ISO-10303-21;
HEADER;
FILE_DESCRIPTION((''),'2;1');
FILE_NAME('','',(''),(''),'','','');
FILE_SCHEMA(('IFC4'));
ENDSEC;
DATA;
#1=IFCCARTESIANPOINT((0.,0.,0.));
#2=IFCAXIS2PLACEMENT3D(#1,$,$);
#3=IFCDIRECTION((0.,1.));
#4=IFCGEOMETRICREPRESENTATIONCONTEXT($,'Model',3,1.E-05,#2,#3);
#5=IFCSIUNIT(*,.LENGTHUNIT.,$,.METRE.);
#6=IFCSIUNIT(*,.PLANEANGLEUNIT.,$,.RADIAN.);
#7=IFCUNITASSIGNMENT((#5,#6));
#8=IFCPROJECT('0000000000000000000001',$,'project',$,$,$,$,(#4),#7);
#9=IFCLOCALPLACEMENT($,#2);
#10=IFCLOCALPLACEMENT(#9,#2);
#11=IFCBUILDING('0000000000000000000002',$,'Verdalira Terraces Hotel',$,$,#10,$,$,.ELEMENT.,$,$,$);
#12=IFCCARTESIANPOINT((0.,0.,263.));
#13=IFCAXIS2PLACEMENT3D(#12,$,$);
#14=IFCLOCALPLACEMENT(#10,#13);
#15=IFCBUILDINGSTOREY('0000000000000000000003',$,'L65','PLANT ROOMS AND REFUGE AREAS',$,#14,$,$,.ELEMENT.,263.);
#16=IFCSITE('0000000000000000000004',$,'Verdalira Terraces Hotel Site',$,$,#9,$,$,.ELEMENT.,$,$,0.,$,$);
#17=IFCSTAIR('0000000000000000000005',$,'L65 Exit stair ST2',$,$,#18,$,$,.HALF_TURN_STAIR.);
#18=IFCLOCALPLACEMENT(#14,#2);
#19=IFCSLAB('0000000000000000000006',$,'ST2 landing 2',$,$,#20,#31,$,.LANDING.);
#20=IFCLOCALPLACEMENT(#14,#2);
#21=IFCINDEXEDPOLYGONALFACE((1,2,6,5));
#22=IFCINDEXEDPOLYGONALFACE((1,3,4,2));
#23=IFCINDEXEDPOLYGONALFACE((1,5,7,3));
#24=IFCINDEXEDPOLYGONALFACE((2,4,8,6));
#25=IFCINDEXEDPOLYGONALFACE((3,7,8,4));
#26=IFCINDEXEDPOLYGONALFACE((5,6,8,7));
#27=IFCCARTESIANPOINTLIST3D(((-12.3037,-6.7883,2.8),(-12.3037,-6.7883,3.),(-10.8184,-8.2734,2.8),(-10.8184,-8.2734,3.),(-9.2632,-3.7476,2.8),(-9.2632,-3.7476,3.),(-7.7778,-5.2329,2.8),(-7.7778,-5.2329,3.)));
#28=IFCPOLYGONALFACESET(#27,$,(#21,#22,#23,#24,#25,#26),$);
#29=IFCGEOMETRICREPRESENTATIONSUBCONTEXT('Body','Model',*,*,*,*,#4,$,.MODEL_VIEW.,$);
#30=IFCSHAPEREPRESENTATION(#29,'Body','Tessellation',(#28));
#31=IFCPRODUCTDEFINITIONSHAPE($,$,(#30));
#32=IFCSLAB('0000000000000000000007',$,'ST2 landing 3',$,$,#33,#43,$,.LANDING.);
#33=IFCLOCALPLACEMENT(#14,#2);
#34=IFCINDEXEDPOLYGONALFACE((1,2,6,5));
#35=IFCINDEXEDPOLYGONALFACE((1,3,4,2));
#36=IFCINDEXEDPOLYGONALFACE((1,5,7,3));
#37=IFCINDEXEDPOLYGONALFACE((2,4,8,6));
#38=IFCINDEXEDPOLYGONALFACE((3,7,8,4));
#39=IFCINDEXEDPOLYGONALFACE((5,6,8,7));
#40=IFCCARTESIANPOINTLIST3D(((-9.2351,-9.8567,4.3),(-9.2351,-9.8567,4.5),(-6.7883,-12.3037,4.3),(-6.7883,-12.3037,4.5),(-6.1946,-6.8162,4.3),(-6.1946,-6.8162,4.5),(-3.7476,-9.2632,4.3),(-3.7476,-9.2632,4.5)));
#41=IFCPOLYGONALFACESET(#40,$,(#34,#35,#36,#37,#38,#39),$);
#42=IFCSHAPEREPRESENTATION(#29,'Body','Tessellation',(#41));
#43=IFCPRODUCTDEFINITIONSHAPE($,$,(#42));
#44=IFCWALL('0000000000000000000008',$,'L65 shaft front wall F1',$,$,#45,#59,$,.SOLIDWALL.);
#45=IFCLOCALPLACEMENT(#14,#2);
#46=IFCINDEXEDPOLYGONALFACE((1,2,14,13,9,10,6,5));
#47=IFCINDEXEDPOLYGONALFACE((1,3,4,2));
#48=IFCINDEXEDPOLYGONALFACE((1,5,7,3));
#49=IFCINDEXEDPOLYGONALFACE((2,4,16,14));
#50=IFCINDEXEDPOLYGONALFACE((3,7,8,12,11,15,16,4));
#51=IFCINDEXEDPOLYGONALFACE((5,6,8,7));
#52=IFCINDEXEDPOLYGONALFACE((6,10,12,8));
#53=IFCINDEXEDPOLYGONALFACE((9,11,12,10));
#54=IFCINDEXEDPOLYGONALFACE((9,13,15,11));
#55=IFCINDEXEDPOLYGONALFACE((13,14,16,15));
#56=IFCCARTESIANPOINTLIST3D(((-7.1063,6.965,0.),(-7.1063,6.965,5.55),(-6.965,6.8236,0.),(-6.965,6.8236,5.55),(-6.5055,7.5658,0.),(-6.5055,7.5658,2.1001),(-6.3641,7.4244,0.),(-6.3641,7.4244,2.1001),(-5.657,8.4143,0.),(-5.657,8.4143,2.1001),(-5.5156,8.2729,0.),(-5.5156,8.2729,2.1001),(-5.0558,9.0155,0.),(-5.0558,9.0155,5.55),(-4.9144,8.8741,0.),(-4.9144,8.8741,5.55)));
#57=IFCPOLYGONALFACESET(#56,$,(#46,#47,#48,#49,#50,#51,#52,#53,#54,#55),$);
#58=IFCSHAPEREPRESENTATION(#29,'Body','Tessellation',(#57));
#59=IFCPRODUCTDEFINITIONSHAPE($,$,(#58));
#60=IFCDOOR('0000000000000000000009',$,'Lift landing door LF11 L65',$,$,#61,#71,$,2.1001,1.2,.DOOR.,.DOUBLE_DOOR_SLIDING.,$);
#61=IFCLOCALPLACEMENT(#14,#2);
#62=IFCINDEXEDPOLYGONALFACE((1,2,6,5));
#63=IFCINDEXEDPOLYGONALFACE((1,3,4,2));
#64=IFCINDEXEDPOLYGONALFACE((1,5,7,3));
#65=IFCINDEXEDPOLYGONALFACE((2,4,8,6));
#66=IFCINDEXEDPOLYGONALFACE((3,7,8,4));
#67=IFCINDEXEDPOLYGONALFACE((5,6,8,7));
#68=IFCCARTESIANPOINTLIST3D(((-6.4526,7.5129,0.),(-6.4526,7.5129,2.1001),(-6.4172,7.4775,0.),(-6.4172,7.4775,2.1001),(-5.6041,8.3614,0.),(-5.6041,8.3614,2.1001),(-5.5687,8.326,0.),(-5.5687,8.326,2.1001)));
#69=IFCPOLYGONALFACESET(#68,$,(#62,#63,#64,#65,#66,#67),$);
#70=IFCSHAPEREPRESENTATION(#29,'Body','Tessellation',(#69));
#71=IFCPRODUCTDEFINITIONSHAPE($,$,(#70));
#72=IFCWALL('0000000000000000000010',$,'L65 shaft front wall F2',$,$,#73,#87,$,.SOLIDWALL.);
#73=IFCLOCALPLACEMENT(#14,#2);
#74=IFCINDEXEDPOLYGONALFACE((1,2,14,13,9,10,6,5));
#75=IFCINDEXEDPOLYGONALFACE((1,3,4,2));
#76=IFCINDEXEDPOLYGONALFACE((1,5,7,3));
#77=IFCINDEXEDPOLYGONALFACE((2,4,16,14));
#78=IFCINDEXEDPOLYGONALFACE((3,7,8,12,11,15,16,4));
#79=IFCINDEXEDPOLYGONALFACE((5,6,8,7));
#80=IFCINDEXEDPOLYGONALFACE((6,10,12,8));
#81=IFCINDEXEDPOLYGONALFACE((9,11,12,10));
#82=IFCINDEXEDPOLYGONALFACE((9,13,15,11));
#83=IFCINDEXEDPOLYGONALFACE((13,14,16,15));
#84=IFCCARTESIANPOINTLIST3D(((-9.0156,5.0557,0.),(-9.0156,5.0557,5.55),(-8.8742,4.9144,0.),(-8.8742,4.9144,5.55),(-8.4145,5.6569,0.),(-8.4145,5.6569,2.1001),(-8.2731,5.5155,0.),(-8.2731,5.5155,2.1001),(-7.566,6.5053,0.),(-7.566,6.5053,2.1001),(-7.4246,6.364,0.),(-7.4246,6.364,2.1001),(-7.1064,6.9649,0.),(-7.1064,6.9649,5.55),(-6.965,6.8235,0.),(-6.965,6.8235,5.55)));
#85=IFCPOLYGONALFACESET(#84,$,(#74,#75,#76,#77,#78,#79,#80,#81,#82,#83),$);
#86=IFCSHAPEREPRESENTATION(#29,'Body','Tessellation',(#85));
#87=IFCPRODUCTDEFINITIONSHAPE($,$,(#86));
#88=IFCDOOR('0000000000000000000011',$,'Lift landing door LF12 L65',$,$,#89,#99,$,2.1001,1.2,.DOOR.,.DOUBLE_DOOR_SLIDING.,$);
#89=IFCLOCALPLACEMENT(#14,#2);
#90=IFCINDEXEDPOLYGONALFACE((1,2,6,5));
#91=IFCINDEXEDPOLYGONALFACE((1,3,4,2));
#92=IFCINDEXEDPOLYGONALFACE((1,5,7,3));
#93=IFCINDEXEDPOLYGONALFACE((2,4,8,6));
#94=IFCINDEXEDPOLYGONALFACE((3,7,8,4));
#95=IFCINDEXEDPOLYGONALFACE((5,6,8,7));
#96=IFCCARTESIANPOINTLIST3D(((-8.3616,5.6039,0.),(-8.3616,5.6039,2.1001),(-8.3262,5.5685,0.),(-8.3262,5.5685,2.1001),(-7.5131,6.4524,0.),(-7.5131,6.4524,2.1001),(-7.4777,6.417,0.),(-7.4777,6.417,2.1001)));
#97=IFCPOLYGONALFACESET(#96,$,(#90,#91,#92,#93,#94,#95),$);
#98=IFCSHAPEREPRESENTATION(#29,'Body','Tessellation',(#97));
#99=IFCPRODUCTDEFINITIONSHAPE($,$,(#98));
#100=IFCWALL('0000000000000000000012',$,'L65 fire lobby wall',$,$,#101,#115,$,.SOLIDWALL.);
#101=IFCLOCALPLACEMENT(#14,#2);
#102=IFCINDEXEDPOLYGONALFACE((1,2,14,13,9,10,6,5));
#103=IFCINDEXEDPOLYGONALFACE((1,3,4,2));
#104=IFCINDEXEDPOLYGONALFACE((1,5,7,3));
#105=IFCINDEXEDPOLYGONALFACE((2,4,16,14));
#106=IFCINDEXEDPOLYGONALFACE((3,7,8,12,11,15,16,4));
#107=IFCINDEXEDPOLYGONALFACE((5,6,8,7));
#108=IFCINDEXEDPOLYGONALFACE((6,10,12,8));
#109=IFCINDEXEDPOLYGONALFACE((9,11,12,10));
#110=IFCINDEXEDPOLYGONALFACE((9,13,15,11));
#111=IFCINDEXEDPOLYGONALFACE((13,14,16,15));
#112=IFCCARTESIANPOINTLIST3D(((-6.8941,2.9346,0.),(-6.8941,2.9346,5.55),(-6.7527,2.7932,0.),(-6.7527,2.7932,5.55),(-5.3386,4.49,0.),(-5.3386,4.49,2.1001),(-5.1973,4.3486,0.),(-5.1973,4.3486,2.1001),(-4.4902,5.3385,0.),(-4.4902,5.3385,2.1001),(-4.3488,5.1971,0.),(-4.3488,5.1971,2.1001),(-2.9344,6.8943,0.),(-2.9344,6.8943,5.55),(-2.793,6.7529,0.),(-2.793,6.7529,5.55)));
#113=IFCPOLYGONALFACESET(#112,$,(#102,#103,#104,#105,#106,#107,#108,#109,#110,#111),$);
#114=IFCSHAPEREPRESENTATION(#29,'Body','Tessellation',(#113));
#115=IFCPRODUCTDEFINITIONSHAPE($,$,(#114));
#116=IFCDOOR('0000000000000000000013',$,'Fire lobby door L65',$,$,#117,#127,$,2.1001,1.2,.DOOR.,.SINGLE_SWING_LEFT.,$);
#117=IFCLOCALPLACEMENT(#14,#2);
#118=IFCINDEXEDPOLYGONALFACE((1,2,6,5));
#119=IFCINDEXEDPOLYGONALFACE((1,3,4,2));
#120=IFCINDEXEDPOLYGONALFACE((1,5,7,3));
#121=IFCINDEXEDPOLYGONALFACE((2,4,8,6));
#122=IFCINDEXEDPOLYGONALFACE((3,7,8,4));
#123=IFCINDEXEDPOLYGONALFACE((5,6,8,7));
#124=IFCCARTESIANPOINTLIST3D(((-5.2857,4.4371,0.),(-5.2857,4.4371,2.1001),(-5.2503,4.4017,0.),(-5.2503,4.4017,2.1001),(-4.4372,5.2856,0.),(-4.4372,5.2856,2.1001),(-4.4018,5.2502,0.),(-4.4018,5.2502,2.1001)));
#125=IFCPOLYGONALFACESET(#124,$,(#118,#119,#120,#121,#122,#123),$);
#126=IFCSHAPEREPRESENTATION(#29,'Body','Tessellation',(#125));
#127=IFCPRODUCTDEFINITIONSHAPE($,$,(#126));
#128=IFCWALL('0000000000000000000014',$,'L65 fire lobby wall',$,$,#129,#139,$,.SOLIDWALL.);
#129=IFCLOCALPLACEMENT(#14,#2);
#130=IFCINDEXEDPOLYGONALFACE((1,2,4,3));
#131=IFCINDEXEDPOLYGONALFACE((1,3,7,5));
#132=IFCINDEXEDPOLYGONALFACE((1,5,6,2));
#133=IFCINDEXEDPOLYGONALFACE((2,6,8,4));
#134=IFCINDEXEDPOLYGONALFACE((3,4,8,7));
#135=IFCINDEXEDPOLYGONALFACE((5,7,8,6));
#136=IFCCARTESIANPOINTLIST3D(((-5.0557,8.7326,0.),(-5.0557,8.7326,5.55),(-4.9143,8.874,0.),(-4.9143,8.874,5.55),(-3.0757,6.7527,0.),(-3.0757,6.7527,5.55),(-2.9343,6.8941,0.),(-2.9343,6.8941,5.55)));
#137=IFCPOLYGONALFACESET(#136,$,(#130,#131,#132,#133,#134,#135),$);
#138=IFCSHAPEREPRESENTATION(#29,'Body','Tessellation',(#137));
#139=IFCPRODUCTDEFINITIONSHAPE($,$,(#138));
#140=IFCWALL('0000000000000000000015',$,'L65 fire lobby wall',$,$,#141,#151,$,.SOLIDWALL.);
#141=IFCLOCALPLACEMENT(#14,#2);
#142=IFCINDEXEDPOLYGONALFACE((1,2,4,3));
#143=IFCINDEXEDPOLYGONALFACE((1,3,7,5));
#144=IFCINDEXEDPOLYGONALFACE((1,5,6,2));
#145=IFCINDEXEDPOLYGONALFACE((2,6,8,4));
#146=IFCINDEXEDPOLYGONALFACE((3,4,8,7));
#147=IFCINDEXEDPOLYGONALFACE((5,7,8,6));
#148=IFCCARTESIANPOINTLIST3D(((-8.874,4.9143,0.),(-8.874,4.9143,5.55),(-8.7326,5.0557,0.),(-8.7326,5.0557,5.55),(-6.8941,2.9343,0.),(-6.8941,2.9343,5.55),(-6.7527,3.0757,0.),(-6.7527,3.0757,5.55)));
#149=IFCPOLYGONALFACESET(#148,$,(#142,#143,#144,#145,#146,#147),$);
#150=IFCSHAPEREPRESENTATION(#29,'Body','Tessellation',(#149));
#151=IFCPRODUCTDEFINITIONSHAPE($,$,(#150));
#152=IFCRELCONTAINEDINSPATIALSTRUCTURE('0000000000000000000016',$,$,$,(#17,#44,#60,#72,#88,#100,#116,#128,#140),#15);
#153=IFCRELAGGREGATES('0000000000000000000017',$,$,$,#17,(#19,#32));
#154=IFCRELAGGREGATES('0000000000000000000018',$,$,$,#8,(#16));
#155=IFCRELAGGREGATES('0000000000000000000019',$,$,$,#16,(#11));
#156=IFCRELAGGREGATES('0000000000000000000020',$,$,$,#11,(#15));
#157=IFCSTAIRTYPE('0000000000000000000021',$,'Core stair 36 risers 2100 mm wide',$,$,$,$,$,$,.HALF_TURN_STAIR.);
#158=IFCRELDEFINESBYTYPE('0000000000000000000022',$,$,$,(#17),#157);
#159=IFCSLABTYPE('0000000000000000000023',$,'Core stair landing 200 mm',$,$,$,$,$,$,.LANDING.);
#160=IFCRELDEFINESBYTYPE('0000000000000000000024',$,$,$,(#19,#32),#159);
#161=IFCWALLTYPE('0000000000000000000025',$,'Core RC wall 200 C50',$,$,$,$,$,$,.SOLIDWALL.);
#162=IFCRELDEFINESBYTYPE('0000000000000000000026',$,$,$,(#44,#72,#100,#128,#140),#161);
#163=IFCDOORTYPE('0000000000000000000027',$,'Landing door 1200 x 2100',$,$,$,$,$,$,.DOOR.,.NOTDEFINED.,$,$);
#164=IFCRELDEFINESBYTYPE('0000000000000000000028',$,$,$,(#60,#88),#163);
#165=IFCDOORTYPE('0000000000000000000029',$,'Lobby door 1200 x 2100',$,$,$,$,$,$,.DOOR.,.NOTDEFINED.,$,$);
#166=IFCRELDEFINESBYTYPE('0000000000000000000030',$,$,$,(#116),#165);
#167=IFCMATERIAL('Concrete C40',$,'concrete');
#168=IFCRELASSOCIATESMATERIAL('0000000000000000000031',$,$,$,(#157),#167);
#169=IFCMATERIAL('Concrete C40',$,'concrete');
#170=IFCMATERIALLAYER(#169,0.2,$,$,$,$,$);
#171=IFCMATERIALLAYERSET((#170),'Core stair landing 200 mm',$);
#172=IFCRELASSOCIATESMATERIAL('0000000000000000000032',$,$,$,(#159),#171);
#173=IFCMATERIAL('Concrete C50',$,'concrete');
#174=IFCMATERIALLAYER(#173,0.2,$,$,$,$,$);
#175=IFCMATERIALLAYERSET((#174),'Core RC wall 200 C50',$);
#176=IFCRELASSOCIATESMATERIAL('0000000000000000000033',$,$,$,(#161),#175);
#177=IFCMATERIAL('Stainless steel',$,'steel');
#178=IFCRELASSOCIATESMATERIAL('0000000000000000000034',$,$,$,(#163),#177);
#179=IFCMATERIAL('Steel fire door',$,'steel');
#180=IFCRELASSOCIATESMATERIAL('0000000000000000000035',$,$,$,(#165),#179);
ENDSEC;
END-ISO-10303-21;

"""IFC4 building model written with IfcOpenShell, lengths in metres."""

from ifc_helpers import new_model, si_unit, direction, frame, frame_2d, origin, place, context, subcontext, project, spatial, polyline, rectangle, outline, extrude, material, layer, layer_set, type_object, element, fill, aggregate, save


model = new_model("IFC4")

# Units and contexts
model_context = context("Model", 3, precision=1e-05, world=origin(), true_north=direction((0.0, 1.0)))
body_context = subcontext(model_context, "Body", "Model", "MODEL_VIEW")
ifc_project = project(units=[si_unit("LENGTHUNIT", "METRE"), si_unit("PLANEANGLEUNIT", "RADIAN")], contexts=[model_context])

# Site, building, storey
site_placement = place(None, origin())
site = spatial("IfcSite", under=ifc_project, at=site_placement, Name="Verdalira Terraces Hotel Site", CompositionType="ELEMENT", RefElevation=0.0)
building_placement = place(site_placement, origin())
building = spatial("IfcBuilding", under=site, at=building_placement, Name="Verdalira Terraces Hotel", CompositionType="ELEMENT")
storey_placement = place(building_placement, frame((0.0, 0.0, 263.0)))
storey = spatial("IfcBuildingStorey", under=building, at=storey_placement, Name="L65", Description="PLANT ROOMS AND REFUGE AREAS", CompositionType="ELEMENT", Elevation=263.0)

# Stair, slabs
ifc_material_1 = material(Name="Concrete C40", Category="concrete")
stair_type = type_object("IfcStairType", Name="Core stair 36 risers 2100 mm wide", PredefinedType="HALF_TURN_STAIR", material=ifc_material_1)
stair_placement = place(storey_placement, origin())
stair = element("IfcStair", 1, at=stair_placement, inside=storey, type_object=stair_type, Name="L65 Exit stair ST2", PredefinedType="HALF_TURN_STAIR")
ifc_material_2 = material(Name="Concrete C40", Category="concrete")
ifc_layer_1 = layer(ifc_material_2, 0.2)
ifc_layer_set_1 = layer_set([ifc_layer_1], Name="Core stair landing 200 mm")
slab_type = type_object("IfcSlabType", Name="Core stair landing 200 mm", PredefinedType="LANDING", material=ifc_layer_set_1)
slab_1_placement = place(storey_placement, frame((0.0, 0.0, 2.8)))
slab_1 = element("IfcSlab", 2, at=slab_1_placement, type_object=slab_type, Name="ST2 landing 2", PredefinedType="LANDING", context=body_context, shape_type="SweptSolid", body=[
    extrude(outline(polyline([(-12.3037, -6.7883), (-10.8184, -8.2734), (-7.7778, -5.2329), (-9.2632, -3.7476), (-12.3037, -6.7883)])), origin(), (0.0, 0.0, 1.0), 0.2),
])
slab_2_placement = place(storey_placement, frame((0.0, 0.0, 4.3)))
slab_2 = element("IfcSlab", 3, at=slab_2_placement, type_object=slab_type, Name="ST2 landing 3", PredefinedType="LANDING", context=body_context, shape_type="SweptSolid", body=[
    extrude(outline(polyline([(-9.2351, -9.8567), (-6.7883, -12.3037), (-3.7476, -9.2632), (-6.1946, -6.8162), (-9.2351, -9.8567)])), origin(), (0.0, 0.0, 1.0), 0.2),
])
aggregate(stair, [slab_1, slab_2])

# Walls, openings, doors
ifc_material_3 = material(Name="Concrete C50", Category="concrete")
ifc_layer_2 = layer(ifc_material_3, 0.2)
ifc_layer_set_2 = layer_set([ifc_layer_2], Name="Core RC wall 200 C50")
wall_type_1 = type_object("IfcWallType", Name="Core RC wall 200 C50", PredefinedType="SOLIDWALL", material=ifc_layer_set_2)
wall_1_placement = place(storey_placement, frame((-4.9851, 8.9448, 0.0), z_axis=(0.0, 0.0, 1.0), x_axis=(-0.707107, -0.707107, 0.0)))
wall_1 = element("IfcWall", 4, at=wall_1_placement, inside=storey, type_object=wall_type_1, Name="L65 shaft front wall F1", PredefinedType="SOLIDWALL", context=body_context, shape_type="SweptSolid", body=[
    extrude(rectangle(XDim=2.8999, YDim=0.2, at=frame_2d((1.45, 0.0))), origin(), (0.0, 0.0, 1.0), 5.55),
])
opening_1_placement = place(wall_1_placement, frame((0.8501, 0.0, 0.0)))
opening_1 = element("IfcOpeningElement", 5, at=opening_1_placement, cuts=wall_1, PredefinedType="OPENING", context=body_context, shape_type="SweptSolid", body=[
    extrude(rectangle(XDim=1.2, YDim=2.1001, at=frame_2d((0.6001, 1.05))), frame((0.0, 0.1099, 0.0), z_axis=(0.0, -1.0, 0.0), x_axis=(1.0, 0.0, 0.0)), (0.0, 0.0, 1.0), 0.22),
])
ifc_material_4 = material(Name="Stainless steel", Category="steel")
door_type_1 = type_object("IfcDoorType", Name="Landing door 1200 x 2100", OperationType="NOTDEFINED", PredefinedType="DOOR", material=ifc_material_4)
door_1_placement = place(opening_1_placement, origin())
door_1 = element("IfcDoor", 6, at=door_1_placement, inside=storey, type_object=door_type_1, Name="Lift landing door LF11 L65", OperationType="DOUBLE_DOOR_SLIDING", OverallHeight=2.1001, OverallWidth=1.2, PredefinedType="DOOR", context=body_context, shape_type="SweptSolid", body=[
    extrude(rectangle(XDim=1.2, YDim=2.1001, at=frame_2d((0.6001, 1.05))), frame((0.0, 0.0249, 0.0), z_axis=(0.0, -1.0, 0.0), x_axis=(1.0, 0.0, 0.0)), (0.0, 0.0, 1.0), 0.05),
])
fill(opening_1, door_1)
wall_2_placement = place(storey_placement, frame((-7.0356, 6.8943, 0.0), z_axis=(0.0, 0.0, 1.0), x_axis=(-0.707107, -0.707107, 0.0)))
wall_2 = element("IfcWall", 7, at=wall_2_placement, inside=storey, type_object=wall_type_1, Name="L65 shaft front wall F2", PredefinedType="SOLIDWALL", context=body_context, shape_type="SweptSolid", body=[
    extrude(rectangle(XDim=2.7, YDim=0.2, at=frame_2d((1.3501, 0.0))), origin(), (0.0, 0.0, 1.0), 5.55),
])
opening_2_placement = place(wall_2_placement, frame((0.6499, 0.0, 0.0)))
opening_2 = element("IfcOpeningElement", 8, at=opening_2_placement, cuts=wall_2, PredefinedType="OPENING", context=body_context, shape_type="SweptSolid", body=[
    extrude(rectangle(XDim=1.2, YDim=2.1001, at=frame_2d((0.6001, 1.05))), frame((0.0, 0.1099, 0.0), z_axis=(0.0, -1.0, 0.0), x_axis=(1.0, 0.0, 0.0)), (0.0, 0.0, 1.0), 0.22),
])
door_2_placement = place(opening_2_placement, origin())
door_2 = element("IfcDoor", 9, at=door_2_placement, inside=storey, type_object=door_type_1, Name="Lift landing door LF12 L65", OperationType="DOUBLE_DOOR_SLIDING", OverallHeight=2.1001, OverallWidth=1.2, PredefinedType="DOOR", context=body_context, shape_type="SweptSolid", body=[
    extrude(rectangle(XDim=1.2, YDim=2.1001, at=frame_2d((0.6001, 1.05))), frame((0.0, 0.0249, 0.0), z_axis=(0.0, -1.0, 0.0), x_axis=(1.0, 0.0, 0.0)), (0.0, 0.0, 1.0), 0.05),
])
fill(opening_2, door_2)
wall_3_placement = place(storey_placement, frame((-2.8638, 6.8235, 0.0), z_axis=(0.0, 0.0, 1.0), x_axis=(-0.707107, -0.707107, 0.0)))
wall_3 = element("IfcWall", 10, at=wall_3_placement, inside=storey, type_object=wall_type_1, Name="L65 fire lobby wall", PredefinedType="SOLIDWALL", context=body_context, shape_type="SweptSolid", body=[
    extrude(rectangle(XDim=5.5999, YDim=0.2, at=frame_2d((2.7998, 0.0))), origin(), (0.0, 0.0, 1.0), 5.55),
])
opening_3_placement = place(wall_3_placement, frame((2.2, 0.0, 0.0)))
opening_3 = element("IfcOpeningElement", 11, at=opening_3_placement, cuts=wall_3, PredefinedType="OPENING", context=body_context, shape_type="SweptSolid", body=[
    extrude(rectangle(XDim=1.2, YDim=2.1001, at=frame_2d((0.6001, 1.05))), frame((0.0, 0.1099, 0.0), z_axis=(0.0, -1.0, 0.0), x_axis=(1.0, 0.0, 0.0)), (0.0, 0.0, 1.0), 0.22),
])
ifc_material_5 = material(Name="Steel fire door", Category="steel")
door_type_2 = type_object("IfcDoorType", Name="Lobby door 1200 x 2100", OperationType="NOTDEFINED", PredefinedType="DOOR", material=ifc_material_5)
door_3_placement = place(opening_3_placement, origin())
door_3 = element("IfcDoor", 12, at=door_3_placement, inside=storey, type_object=door_type_2, Name="Fire lobby door L65", OperationType="SINGLE_SWING_LEFT", OverallHeight=2.1001, OverallWidth=1.2, PredefinedType="DOOR", context=body_context, shape_type="SweptSolid", body=[
    extrude(rectangle(XDim=1.2, YDim=2.1001, at=frame_2d((0.6001, 1.05))), frame((0.0, 0.0249, 0.0), z_axis=(0.0, -1.0, 0.0), x_axis=(1.0, 0.0, 0.0)), (0.0, 0.0, 1.0), 0.05),
])
fill(opening_3, door_3)

# Walls
for number, where, z_axis, x_axis, name in (
    (13, (-3.0051, 6.8235, 0.0), (0.0, 0.0, 1.0), (-0.707107, 0.707107, 0.0), "L65 fire lobby wall"),
    (14, (-6.8235, 3.0051, 0.0), (0.0, 0.0, 1.0), (-0.707107, 0.707107, 0.0), "L65 fire lobby wall"),
):
    element("IfcWall", number, at=place(storey_placement, frame(where, z_axis=z_axis, x_axis=x_axis)), inside=storey, type_object=wall_type_1, Name=name, PredefinedType="SOLIDWALL", context=body_context, shape_type="SweptSolid", body=[
        extrude(rectangle(XDim=2.8, YDim=0.2, at=frame_2d((1.3999, 0.0))), origin(), (0.0, 0.0, 1.0), 5.55),
    ])

save(model, "model.ifc")
